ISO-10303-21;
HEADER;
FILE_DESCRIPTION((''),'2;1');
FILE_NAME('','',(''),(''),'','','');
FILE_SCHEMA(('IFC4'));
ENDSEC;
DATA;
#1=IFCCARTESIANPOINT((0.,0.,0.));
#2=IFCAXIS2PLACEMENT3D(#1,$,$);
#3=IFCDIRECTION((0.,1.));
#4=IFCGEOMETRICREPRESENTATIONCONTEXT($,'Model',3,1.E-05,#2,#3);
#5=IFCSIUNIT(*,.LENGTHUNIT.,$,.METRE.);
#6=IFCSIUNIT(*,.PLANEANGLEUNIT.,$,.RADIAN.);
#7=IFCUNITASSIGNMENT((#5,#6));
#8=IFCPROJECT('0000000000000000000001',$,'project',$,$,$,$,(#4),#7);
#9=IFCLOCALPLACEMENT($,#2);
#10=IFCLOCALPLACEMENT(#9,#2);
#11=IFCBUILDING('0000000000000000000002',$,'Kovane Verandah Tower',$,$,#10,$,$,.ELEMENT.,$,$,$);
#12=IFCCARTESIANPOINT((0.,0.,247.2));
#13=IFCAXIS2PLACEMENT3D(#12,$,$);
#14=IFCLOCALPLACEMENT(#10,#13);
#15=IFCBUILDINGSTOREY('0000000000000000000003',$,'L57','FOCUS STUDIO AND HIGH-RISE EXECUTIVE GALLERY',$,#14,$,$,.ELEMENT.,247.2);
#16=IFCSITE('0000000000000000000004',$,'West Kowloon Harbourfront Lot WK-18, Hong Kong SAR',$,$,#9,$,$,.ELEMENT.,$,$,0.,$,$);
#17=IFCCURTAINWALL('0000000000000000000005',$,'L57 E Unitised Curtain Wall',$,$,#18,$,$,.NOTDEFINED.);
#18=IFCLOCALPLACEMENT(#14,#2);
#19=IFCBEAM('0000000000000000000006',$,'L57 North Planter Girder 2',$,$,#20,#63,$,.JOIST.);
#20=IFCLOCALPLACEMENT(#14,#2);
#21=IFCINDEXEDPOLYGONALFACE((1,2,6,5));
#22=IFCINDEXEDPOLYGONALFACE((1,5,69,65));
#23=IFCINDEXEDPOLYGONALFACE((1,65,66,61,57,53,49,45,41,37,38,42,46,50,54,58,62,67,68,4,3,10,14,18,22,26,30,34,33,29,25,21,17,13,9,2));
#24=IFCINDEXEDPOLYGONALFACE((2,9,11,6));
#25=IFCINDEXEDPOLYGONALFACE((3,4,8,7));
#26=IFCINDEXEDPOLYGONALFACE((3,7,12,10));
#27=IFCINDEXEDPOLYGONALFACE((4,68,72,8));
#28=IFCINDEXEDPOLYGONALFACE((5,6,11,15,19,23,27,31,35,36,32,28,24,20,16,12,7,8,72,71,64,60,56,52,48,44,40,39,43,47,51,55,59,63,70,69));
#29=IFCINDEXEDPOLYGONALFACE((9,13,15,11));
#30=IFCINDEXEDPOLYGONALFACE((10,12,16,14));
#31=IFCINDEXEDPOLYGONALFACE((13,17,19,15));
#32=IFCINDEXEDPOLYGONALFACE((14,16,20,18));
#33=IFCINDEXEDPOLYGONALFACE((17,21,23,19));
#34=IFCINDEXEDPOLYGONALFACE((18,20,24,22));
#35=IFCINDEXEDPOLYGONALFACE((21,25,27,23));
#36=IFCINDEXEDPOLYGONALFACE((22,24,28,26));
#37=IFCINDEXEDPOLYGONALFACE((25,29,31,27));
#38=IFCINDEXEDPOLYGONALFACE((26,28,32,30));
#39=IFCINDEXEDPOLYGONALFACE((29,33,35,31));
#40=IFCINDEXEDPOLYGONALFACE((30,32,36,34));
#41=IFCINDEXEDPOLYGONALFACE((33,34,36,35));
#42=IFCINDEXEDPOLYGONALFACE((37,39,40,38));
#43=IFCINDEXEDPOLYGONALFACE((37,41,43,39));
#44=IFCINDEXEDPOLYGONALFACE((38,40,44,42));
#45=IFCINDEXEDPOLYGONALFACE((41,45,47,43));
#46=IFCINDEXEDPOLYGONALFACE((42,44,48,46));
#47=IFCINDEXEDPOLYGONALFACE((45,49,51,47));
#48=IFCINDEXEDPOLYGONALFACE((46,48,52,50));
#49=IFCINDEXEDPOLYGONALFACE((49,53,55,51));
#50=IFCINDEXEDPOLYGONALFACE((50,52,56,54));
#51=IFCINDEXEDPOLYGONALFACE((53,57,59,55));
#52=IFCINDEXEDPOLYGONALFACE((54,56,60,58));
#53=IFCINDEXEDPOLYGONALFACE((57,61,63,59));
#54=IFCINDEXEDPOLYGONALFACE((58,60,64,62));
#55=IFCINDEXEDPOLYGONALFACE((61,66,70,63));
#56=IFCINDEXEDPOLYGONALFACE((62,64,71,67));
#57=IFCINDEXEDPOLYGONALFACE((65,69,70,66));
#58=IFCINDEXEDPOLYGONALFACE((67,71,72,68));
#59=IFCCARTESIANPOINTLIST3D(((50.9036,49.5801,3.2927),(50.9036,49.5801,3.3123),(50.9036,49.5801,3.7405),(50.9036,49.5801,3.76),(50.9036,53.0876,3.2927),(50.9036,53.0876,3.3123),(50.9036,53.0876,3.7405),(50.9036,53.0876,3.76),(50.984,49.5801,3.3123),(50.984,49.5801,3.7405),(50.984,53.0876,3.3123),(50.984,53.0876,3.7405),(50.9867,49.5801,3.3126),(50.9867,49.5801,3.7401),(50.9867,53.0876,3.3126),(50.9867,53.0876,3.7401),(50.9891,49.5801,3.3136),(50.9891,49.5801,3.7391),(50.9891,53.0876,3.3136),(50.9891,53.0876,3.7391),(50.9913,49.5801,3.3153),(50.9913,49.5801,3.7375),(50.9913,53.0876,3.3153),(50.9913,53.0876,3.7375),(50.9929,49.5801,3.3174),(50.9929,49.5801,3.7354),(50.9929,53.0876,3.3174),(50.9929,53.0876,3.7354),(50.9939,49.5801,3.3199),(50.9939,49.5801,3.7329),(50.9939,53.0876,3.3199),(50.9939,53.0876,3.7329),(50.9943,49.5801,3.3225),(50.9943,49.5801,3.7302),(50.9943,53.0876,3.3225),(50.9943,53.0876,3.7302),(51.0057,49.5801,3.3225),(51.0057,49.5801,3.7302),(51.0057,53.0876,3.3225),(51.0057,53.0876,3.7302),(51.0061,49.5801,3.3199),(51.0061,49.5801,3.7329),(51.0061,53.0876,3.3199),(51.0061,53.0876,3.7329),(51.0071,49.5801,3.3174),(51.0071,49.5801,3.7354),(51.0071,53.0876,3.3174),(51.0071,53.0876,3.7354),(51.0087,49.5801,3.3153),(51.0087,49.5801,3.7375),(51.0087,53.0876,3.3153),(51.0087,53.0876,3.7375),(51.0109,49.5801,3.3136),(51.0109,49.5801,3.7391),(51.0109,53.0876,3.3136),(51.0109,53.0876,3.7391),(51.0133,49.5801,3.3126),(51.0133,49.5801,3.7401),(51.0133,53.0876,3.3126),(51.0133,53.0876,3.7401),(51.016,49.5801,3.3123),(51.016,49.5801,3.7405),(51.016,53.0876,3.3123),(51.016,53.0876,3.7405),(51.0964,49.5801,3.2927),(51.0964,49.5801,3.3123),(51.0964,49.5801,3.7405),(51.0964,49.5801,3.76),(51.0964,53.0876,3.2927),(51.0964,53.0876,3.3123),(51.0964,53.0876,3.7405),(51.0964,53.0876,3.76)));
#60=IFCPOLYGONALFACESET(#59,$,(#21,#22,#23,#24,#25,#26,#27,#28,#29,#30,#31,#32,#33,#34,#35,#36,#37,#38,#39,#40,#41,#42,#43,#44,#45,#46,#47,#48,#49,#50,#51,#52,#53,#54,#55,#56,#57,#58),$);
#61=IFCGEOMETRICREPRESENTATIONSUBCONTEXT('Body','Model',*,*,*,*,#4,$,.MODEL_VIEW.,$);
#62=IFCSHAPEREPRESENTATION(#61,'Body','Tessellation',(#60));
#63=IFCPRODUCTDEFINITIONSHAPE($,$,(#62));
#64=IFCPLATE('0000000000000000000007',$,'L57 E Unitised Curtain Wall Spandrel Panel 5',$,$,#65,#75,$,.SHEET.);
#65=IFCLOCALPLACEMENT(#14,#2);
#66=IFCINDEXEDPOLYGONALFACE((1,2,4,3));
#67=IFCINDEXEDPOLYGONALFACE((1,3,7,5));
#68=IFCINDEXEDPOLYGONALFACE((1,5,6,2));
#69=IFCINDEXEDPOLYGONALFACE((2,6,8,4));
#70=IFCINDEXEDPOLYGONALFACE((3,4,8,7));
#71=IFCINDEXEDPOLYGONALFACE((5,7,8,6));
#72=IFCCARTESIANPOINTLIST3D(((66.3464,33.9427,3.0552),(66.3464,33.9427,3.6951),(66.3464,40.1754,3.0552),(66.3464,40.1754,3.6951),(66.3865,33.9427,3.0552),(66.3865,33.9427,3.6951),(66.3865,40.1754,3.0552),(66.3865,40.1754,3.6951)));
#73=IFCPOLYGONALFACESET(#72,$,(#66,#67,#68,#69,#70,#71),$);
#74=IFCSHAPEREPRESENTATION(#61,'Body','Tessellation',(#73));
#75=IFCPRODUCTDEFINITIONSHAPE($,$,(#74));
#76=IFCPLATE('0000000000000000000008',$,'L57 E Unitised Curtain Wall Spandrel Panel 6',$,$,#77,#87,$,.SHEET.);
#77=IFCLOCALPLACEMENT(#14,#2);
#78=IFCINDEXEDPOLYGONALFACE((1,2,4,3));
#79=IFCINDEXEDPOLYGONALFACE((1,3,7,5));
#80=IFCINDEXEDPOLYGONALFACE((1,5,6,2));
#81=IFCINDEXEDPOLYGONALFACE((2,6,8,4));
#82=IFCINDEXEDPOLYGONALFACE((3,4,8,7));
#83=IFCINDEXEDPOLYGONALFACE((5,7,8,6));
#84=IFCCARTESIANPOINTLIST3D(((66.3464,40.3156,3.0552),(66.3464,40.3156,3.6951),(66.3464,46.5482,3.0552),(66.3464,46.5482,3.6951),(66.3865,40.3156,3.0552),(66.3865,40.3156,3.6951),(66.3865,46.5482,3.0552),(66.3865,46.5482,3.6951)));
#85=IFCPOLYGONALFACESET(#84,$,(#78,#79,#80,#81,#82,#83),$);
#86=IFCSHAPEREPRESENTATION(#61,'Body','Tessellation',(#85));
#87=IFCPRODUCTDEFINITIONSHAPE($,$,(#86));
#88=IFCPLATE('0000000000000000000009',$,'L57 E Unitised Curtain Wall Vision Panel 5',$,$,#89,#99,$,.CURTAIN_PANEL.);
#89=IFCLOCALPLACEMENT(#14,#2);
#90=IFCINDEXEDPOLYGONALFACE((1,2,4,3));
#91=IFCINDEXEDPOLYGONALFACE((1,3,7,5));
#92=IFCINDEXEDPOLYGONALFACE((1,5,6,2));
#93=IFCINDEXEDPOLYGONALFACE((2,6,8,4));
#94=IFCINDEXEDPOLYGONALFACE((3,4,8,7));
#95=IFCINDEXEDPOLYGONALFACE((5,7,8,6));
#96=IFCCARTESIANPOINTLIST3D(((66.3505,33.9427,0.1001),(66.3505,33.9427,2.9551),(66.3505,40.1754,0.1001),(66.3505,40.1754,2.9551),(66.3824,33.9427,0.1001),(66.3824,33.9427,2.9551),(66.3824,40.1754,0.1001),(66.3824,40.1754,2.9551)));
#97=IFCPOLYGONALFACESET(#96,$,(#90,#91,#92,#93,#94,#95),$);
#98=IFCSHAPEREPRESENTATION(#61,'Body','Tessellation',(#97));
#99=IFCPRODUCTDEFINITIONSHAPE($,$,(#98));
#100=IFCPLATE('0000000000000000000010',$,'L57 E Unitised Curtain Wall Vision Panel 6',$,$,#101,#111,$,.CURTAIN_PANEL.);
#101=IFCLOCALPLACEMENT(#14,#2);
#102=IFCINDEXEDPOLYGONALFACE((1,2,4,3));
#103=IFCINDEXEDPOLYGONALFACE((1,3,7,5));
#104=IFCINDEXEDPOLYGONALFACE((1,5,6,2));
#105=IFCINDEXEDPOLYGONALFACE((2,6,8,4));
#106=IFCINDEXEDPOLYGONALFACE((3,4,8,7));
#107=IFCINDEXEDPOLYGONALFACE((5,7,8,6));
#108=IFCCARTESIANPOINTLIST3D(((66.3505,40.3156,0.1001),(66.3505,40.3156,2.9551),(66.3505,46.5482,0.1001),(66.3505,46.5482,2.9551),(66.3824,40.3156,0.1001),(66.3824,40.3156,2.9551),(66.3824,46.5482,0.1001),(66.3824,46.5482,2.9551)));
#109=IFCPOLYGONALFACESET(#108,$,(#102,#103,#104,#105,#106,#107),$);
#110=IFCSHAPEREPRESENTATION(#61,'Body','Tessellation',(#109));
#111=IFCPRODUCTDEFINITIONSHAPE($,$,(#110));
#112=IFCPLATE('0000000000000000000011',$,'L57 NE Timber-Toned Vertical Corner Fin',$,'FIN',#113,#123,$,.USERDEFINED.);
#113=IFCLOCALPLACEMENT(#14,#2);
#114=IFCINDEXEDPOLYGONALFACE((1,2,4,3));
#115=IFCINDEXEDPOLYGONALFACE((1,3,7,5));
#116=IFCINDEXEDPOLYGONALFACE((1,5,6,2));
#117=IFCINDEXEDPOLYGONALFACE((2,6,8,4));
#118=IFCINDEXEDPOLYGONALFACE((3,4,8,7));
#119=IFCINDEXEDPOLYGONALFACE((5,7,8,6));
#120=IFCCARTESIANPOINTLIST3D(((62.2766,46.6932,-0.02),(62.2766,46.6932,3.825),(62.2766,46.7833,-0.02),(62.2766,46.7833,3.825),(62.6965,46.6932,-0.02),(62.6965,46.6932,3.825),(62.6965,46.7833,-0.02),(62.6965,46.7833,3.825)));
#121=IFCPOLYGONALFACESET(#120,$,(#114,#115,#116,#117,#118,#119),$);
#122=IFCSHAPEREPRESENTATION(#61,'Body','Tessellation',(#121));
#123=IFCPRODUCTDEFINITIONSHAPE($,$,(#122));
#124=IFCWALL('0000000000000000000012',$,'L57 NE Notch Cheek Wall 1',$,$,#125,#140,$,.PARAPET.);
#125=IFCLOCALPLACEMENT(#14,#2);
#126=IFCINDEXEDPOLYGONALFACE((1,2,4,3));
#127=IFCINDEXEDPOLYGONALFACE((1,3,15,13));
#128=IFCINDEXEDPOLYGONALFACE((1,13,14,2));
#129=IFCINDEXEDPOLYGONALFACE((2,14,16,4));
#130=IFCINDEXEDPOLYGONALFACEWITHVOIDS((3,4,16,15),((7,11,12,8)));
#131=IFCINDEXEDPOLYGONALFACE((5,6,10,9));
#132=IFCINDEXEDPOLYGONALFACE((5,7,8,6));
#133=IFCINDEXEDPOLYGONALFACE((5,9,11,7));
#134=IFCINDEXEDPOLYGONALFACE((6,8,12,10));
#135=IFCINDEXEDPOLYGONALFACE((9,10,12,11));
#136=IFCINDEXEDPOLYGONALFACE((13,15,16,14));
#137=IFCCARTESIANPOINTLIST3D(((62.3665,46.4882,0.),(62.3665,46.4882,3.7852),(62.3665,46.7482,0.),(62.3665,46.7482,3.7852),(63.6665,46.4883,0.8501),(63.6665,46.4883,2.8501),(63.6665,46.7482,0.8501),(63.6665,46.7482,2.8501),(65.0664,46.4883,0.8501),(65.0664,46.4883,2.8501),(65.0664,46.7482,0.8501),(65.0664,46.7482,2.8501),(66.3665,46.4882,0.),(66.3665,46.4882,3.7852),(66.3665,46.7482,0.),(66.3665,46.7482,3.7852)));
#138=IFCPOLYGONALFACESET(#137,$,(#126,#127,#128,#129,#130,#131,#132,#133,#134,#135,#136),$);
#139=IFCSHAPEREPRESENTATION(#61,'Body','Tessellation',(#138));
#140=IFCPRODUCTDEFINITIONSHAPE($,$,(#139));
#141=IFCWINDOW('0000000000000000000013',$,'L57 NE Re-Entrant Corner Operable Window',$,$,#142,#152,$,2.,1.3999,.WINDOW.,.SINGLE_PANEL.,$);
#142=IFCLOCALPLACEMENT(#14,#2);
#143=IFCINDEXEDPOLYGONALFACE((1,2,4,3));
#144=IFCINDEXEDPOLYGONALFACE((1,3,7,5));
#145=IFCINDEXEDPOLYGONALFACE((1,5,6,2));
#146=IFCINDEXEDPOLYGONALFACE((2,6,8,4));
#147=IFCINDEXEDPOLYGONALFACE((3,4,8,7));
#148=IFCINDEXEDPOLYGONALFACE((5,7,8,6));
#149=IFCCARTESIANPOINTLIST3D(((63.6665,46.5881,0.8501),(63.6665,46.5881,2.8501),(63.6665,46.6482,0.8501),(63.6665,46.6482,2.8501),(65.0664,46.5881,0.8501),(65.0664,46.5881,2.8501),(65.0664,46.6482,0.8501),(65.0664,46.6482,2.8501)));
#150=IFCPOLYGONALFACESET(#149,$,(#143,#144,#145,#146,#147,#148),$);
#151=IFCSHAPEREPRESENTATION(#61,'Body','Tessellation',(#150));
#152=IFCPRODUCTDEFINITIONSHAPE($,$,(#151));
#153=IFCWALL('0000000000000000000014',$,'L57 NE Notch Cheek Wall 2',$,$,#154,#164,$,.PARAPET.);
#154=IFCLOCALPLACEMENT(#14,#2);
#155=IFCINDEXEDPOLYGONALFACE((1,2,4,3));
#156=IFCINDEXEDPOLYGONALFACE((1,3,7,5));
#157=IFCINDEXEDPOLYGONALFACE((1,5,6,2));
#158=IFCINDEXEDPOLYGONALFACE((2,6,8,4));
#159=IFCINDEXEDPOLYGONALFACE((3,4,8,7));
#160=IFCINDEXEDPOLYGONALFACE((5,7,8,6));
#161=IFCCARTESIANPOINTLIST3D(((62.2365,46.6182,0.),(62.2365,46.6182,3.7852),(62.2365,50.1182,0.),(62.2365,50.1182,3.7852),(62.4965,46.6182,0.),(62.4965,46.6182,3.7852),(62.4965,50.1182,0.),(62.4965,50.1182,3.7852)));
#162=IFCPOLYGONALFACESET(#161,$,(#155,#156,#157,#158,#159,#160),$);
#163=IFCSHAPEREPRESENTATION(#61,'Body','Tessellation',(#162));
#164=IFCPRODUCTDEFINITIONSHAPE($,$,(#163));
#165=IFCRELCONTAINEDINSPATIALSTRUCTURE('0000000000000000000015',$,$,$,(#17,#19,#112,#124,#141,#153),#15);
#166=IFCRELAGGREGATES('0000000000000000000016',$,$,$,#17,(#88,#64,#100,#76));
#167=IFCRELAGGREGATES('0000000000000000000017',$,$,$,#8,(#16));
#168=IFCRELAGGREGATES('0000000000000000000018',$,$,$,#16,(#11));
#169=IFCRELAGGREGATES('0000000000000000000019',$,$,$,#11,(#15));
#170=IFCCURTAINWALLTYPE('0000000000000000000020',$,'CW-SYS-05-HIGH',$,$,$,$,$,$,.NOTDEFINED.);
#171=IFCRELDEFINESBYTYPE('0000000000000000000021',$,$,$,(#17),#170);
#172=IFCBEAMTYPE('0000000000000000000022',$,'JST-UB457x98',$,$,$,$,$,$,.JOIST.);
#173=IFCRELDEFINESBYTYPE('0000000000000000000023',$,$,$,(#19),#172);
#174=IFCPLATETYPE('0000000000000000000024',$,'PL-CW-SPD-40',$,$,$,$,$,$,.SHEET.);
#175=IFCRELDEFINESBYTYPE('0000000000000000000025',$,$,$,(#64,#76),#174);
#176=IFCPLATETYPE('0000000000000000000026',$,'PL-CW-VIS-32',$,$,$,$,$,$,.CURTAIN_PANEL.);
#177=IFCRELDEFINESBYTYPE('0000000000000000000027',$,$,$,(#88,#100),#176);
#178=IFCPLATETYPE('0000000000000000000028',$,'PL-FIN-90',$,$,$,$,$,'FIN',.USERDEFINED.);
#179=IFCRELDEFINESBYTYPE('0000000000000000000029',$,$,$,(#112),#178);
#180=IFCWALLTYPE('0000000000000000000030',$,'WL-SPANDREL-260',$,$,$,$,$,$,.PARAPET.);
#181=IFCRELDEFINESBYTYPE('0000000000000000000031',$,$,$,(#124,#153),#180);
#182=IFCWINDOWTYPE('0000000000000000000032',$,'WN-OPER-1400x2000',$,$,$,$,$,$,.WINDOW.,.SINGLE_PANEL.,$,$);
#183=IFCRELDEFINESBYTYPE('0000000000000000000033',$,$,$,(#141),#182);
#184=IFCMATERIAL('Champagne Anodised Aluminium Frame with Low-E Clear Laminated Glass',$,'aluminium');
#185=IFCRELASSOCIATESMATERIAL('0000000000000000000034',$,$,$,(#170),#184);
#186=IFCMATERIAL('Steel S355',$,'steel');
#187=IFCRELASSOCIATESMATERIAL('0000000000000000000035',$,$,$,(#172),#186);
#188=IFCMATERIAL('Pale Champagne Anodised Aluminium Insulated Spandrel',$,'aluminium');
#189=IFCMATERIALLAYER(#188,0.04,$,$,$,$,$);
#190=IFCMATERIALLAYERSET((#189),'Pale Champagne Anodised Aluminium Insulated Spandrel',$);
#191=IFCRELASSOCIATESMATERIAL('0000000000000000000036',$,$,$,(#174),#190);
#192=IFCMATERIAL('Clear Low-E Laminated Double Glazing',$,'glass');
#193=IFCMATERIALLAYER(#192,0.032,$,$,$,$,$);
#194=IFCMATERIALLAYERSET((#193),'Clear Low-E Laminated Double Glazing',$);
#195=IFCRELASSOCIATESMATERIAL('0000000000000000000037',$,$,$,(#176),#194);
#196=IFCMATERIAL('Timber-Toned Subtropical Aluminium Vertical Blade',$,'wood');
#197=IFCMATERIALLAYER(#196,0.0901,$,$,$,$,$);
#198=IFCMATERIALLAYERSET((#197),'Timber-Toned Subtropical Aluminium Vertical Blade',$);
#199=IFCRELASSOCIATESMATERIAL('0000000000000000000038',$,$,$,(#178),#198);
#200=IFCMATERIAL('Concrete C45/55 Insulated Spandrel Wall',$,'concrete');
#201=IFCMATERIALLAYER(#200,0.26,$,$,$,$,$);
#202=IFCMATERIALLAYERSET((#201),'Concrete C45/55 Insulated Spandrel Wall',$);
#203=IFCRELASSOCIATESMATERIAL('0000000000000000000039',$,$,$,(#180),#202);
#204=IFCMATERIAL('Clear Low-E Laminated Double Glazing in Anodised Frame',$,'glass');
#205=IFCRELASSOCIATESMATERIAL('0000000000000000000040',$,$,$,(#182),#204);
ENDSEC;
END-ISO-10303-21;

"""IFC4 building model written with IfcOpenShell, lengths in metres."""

from ifc_helpers import new_model, si_unit, direction, frame, frame_2d, origin, origin_2d, place, context, subcontext, project, spatial, rectangle, i_section, extrude, material, layer, layer_set, material_profile, profile_set, type_object, element, fill, aggregate, save


model = new_model("IFC4")

# Units and contexts
model_context = context("Model", 3, precision=1e-05, world=origin(), true_north=direction((0.0, 1.0)))
body_context = subcontext(model_context, "Body", "Model", "MODEL_VIEW")
ifc_project = project(units=[si_unit("LENGTHUNIT", "METRE"), si_unit("PLANEANGLEUNIT", "RADIAN")], contexts=[model_context])

# Site, building, storey
site_placement = place(None, origin())
site = spatial("IfcSite", under=ifc_project, at=site_placement, Name="West Kowloon Harbourfront Lot WK-18, Hong Kong SAR", CompositionType="ELEMENT", RefElevation=0.0)
building_placement = place(site_placement, origin())
building = spatial("IfcBuilding", under=site, at=building_placement, Name="Kovane Verandah Tower", CompositionType="ELEMENT")
storey_placement = place(building_placement, frame((0.0, 0.0, 247.2)))
storey = spatial("IfcBuildingStorey", under=building, at=storey_placement, Name="L57", Description="FOCUS STUDIO AND HIGH-RISE EXECUTIVE GALLERY", CompositionType="ELEMENT", Elevation=247.2)

# Shared definitions
ifc_material_1 = material(Name="Steel S355", Category="steel")

# Curtain wall
ifc_material_2 = material(Name="Champagne Anodised Aluminium Frame with Low-E Clear Laminated Glass", Category="aluminium")
curtain_wall_type = type_object("IfcCurtainWallType", Name="CW-SYS-05-HIGH", PredefinedType="NOTDEFINED", material=ifc_material_2)
curtain_wall_placement = place(storey_placement, origin())
curtain_wall = element("IfcCurtainWall", 1, at=curtain_wall_placement, inside=storey, type_object=curtain_wall_type, Name="L57 E Unitised Curtain Wall", PredefinedType="NOTDEFINED")

# Beam
ifc_material_profile_1 = material_profile(ifc_material_1, i_section(OverallWidth=0.1929, OverallDepth=0.4673, WebThickness=0.0115, FlangeThickness=0.0195, FilletRadius=0.0103, at=origin_2d()), Name="UB457x191x98")
ifc_profile_set_1 = profile_set([ifc_material_profile_1], Name="Steel S355")
beam_type_1 = type_object("IfcBeamType", Name="JST-UB457x98", PredefinedType="JOIST", material=ifc_profile_set_1)
beam_1_placement = place(storey_placement, frame((51.0, 49.5801, 3.5264), z_axis=(0.0, 1.0, 0.0), x_axis=(-1.0, 0.0, 0.0)))
element("IfcBeam", 2, at=beam_1_placement, inside=storey, type_object=beam_type_1, Name="L57 North Planter Girder 2", PredefinedType="JOIST", context=body_context, shape_type="SweptSolid", body=[
    extrude(i_section(OverallWidth=0.1929, OverallDepth=0.4673, WebThickness=0.0115, FlangeThickness=0.0195, FilletRadius=0.0103, at=origin_2d()), origin(), (0.0, 0.0, 1.0), 3.5076),
])

# Plates
ifc_material_3 = material(Name="Pale Champagne Anodised Aluminium Insulated Spandrel", Category="aluminium")
ifc_layer_1 = layer(ifc_material_3, 0.04)
ifc_layer_set_1 = layer_set([ifc_layer_1], Name="Pale Champagne Anodised Aluminium Insulated Spandrel")
plate_type_1 = type_object("IfcPlateType", Name="PL-CW-SPD-40", PredefinedType="SHEET", material=ifc_layer_set_1)
plate_1_placement = place(storey_placement, frame((66.3665, 37.0591, 3.0552), z_axis=(0.0, 0.0, 1.0), x_axis=(0.0, 1.0, 0.0)))
plate_1 = element("IfcPlate", 3, at=plate_1_placement, type_object=plate_type_1, Name="L57 E Unitised Curtain Wall Spandrel Panel 5", PredefinedType="SHEET", context=body_context, shape_type="SweptSolid", body=[
    extrude(rectangle(XDim=6.2327, YDim=0.04, at=origin_2d()), origin(), (0.0, 0.0, 1.0), 0.6399),
])
plate_2_placement = place(storey_placement, frame((66.3665, 43.4319, 3.0552), z_axis=(0.0, 0.0, 1.0), x_axis=(0.0, 1.0, 0.0)))
plate_2 = element("IfcPlate", 4, at=plate_2_placement, type_object=plate_type_1, Name="L57 E Unitised Curtain Wall Spandrel Panel 6", PredefinedType="SHEET", context=body_context, shape_type="SweptSolid", body=[
    extrude(rectangle(XDim=6.2327, YDim=0.04, at=origin_2d()), origin(), (0.0, 0.0, 1.0), 0.6399),
])
ifc_material_4 = material(Name="Clear Low-E Laminated Double Glazing", Category="glass")
ifc_layer_2 = layer(ifc_material_4, 0.032)
ifc_layer_set_2 = layer_set([ifc_layer_2], Name="Clear Low-E Laminated Double Glazing")
plate_type_2 = type_object("IfcPlateType", Name="PL-CW-VIS-32", PredefinedType="CURTAIN_PANEL", material=ifc_layer_set_2)
plate_3_placement = place(storey_placement, frame((66.3665, 37.0591, 0.1001), z_axis=(0.0, 0.0, 1.0), x_axis=(0.0, 1.0, 0.0)))
plate_3 = element("IfcPlate", 5, at=plate_3_placement, type_object=plate_type_2, Name="L57 E Unitised Curtain Wall Vision Panel 5", PredefinedType="CURTAIN_PANEL", context=body_context, shape_type="SweptSolid", body=[
    extrude(rectangle(XDim=6.2327, YDim=0.032, at=origin_2d()), origin(), (0.0, 0.0, 1.0), 2.855),
])
plate_4_placement = place(storey_placement, frame((66.3665, 43.4319, 0.1001), z_axis=(0.0, 0.0, 1.0), x_axis=(0.0, 1.0, 0.0)))
plate_4 = element("IfcPlate", 6, at=plate_4_placement, type_object=plate_type_2, Name="L57 E Unitised Curtain Wall Vision Panel 6", PredefinedType="CURTAIN_PANEL", context=body_context, shape_type="SweptSolid", body=[
    extrude(rectangle(XDim=6.2327, YDim=0.032, at=origin_2d()), origin(), (0.0, 0.0, 1.0), 2.855),
])
aggregate(curtain_wall, [plate_3, plate_1, plate_4, plate_2])
ifc_material_5 = material(Name="Timber-Toned Subtropical Aluminium Vertical Blade", Category="wood")
ifc_layer_3 = layer(ifc_material_5, 0.0901)
ifc_layer_set_3 = layer_set([ifc_layer_3], Name="Timber-Toned Subtropical Aluminium Vertical Blade")
plate_type_3 = type_object("IfcPlateType", Name="PL-FIN-90", ElementType="FIN", PredefinedType="USERDEFINED", material=ifc_layer_set_3)
plate_5_placement = place(storey_placement, frame((62.4866, 46.7383, -0.02), z_axis=(0.0, 0.0, 1.0), x_axis=(1.0, 0.0, 0.0)))
element("IfcPlate", 7, at=plate_5_placement, inside=storey, type_object=plate_type_3, Name="L57 NE Timber-Toned Vertical Corner Fin", ObjectType="FIN", PredefinedType="USERDEFINED", context=body_context, shape_type="SweptSolid", body=[
    extrude(rectangle(XDim=0.4199, YDim=0.0901, at=origin_2d()), origin(), (0.0, 0.0, 1.0), 3.845),
])

# Shared definitions
ifc_material_6 = material(Name="Concrete C45/55 Insulated Spandrel Wall", Category="concrete")
ifc_layer_4 = layer(ifc_material_6, 0.26)
ifc_layer_set_4 = layer_set([ifc_layer_4], Name="Concrete C45/55 Insulated Spandrel Wall")
wall_type = type_object("IfcWallType", Name="WL-SPANDREL-260", PredefinedType="PARAPET", material=ifc_layer_set_4)
ifc_material_7 = material(Name="Clear Low-E Laminated Double Glazing in Anodised Frame", Category="glass")

# Wall, opening, window
wall_1_placement = place(storey_placement, frame((66.3665, 46.6182, 0.0), z_axis=(0.0, 0.0, 1.0), x_axis=(-1.0, 0.0, 0.0)))
wall_1 = element("IfcWall", 8, at=wall_1_placement, inside=storey, type_object=wall_type, Name="L57 NE Notch Cheek Wall 1", PredefinedType="PARAPET", context=body_context, shape_type="SweptSolid", body=[
    extrude(rectangle(XDim=4.0, YDim=0.26, at=frame_2d((2.0, 0.0))), origin(), (0.0, 0.0, 1.0), 3.7852),
])
opening_1_placement = place(wall_1_placement, frame((1.3, 0.0, 0.8501)))
opening_1 = element("IfcOpeningElement", 9, at=opening_1_placement, cuts=wall_1, PredefinedType="OPENING", context=body_context, shape_type="SweptSolid", body=[
    extrude(rectangle(XDim=1.3999, YDim=2.0, at=frame_2d((0.7, 1.0))), frame((0.0, 0.1299, 0.0), z_axis=(0.0, -1.0, 0.0), x_axis=(1.0, 0.0, 0.0)), (0.0, 0.0, 1.0), 0.26),
])
window_type_1 = type_object("IfcWindowType", Name="WN-OPER-1400x2000", PartitioningType="SINGLE_PANEL", PredefinedType="WINDOW", material=ifc_material_7)
window_1_placement = place(opening_1_placement, origin())
window_1 = element("IfcWindow", 10, at=window_1_placement, inside=storey, type_object=window_type_1, Name="L57 NE Re-Entrant Corner Operable Window", OverallHeight=2.0, OverallWidth=1.3999, PartitioningType="SINGLE_PANEL", PredefinedType="WINDOW", context=body_context, shape_type="SweptSolid", body=[
    extrude(rectangle(XDim=1.3999, YDim=2.0, at=frame_2d((0.7, 1.0))), frame((0.0, 0.03, 0.0), z_axis=(0.0, -1.0, 0.0), x_axis=(1.0, 0.0, 0.0)), (0.0, 0.0, 1.0), 0.0601),
])
fill(opening_1, window_1)

# Wall
wall_2_placement = place(storey_placement, frame((62.3665, 46.6182, 0.0), z_axis=(0.0, 0.0, 1.0), x_axis=(0.0, 1.0, 0.0)))
element("IfcWall", 11, at=wall_2_placement, inside=storey, type_object=wall_type, Name="L57 NE Notch Cheek Wall 2", PredefinedType="PARAPET", context=body_context, shape_type="SweptSolid", body=[
    extrude(rectangle(XDim=3.5, YDim=0.26, at=frame_2d((1.75, 0.0))), origin(), (0.0, 0.0, 1.0), 3.7852),
])

save(model, "model.ifc")
